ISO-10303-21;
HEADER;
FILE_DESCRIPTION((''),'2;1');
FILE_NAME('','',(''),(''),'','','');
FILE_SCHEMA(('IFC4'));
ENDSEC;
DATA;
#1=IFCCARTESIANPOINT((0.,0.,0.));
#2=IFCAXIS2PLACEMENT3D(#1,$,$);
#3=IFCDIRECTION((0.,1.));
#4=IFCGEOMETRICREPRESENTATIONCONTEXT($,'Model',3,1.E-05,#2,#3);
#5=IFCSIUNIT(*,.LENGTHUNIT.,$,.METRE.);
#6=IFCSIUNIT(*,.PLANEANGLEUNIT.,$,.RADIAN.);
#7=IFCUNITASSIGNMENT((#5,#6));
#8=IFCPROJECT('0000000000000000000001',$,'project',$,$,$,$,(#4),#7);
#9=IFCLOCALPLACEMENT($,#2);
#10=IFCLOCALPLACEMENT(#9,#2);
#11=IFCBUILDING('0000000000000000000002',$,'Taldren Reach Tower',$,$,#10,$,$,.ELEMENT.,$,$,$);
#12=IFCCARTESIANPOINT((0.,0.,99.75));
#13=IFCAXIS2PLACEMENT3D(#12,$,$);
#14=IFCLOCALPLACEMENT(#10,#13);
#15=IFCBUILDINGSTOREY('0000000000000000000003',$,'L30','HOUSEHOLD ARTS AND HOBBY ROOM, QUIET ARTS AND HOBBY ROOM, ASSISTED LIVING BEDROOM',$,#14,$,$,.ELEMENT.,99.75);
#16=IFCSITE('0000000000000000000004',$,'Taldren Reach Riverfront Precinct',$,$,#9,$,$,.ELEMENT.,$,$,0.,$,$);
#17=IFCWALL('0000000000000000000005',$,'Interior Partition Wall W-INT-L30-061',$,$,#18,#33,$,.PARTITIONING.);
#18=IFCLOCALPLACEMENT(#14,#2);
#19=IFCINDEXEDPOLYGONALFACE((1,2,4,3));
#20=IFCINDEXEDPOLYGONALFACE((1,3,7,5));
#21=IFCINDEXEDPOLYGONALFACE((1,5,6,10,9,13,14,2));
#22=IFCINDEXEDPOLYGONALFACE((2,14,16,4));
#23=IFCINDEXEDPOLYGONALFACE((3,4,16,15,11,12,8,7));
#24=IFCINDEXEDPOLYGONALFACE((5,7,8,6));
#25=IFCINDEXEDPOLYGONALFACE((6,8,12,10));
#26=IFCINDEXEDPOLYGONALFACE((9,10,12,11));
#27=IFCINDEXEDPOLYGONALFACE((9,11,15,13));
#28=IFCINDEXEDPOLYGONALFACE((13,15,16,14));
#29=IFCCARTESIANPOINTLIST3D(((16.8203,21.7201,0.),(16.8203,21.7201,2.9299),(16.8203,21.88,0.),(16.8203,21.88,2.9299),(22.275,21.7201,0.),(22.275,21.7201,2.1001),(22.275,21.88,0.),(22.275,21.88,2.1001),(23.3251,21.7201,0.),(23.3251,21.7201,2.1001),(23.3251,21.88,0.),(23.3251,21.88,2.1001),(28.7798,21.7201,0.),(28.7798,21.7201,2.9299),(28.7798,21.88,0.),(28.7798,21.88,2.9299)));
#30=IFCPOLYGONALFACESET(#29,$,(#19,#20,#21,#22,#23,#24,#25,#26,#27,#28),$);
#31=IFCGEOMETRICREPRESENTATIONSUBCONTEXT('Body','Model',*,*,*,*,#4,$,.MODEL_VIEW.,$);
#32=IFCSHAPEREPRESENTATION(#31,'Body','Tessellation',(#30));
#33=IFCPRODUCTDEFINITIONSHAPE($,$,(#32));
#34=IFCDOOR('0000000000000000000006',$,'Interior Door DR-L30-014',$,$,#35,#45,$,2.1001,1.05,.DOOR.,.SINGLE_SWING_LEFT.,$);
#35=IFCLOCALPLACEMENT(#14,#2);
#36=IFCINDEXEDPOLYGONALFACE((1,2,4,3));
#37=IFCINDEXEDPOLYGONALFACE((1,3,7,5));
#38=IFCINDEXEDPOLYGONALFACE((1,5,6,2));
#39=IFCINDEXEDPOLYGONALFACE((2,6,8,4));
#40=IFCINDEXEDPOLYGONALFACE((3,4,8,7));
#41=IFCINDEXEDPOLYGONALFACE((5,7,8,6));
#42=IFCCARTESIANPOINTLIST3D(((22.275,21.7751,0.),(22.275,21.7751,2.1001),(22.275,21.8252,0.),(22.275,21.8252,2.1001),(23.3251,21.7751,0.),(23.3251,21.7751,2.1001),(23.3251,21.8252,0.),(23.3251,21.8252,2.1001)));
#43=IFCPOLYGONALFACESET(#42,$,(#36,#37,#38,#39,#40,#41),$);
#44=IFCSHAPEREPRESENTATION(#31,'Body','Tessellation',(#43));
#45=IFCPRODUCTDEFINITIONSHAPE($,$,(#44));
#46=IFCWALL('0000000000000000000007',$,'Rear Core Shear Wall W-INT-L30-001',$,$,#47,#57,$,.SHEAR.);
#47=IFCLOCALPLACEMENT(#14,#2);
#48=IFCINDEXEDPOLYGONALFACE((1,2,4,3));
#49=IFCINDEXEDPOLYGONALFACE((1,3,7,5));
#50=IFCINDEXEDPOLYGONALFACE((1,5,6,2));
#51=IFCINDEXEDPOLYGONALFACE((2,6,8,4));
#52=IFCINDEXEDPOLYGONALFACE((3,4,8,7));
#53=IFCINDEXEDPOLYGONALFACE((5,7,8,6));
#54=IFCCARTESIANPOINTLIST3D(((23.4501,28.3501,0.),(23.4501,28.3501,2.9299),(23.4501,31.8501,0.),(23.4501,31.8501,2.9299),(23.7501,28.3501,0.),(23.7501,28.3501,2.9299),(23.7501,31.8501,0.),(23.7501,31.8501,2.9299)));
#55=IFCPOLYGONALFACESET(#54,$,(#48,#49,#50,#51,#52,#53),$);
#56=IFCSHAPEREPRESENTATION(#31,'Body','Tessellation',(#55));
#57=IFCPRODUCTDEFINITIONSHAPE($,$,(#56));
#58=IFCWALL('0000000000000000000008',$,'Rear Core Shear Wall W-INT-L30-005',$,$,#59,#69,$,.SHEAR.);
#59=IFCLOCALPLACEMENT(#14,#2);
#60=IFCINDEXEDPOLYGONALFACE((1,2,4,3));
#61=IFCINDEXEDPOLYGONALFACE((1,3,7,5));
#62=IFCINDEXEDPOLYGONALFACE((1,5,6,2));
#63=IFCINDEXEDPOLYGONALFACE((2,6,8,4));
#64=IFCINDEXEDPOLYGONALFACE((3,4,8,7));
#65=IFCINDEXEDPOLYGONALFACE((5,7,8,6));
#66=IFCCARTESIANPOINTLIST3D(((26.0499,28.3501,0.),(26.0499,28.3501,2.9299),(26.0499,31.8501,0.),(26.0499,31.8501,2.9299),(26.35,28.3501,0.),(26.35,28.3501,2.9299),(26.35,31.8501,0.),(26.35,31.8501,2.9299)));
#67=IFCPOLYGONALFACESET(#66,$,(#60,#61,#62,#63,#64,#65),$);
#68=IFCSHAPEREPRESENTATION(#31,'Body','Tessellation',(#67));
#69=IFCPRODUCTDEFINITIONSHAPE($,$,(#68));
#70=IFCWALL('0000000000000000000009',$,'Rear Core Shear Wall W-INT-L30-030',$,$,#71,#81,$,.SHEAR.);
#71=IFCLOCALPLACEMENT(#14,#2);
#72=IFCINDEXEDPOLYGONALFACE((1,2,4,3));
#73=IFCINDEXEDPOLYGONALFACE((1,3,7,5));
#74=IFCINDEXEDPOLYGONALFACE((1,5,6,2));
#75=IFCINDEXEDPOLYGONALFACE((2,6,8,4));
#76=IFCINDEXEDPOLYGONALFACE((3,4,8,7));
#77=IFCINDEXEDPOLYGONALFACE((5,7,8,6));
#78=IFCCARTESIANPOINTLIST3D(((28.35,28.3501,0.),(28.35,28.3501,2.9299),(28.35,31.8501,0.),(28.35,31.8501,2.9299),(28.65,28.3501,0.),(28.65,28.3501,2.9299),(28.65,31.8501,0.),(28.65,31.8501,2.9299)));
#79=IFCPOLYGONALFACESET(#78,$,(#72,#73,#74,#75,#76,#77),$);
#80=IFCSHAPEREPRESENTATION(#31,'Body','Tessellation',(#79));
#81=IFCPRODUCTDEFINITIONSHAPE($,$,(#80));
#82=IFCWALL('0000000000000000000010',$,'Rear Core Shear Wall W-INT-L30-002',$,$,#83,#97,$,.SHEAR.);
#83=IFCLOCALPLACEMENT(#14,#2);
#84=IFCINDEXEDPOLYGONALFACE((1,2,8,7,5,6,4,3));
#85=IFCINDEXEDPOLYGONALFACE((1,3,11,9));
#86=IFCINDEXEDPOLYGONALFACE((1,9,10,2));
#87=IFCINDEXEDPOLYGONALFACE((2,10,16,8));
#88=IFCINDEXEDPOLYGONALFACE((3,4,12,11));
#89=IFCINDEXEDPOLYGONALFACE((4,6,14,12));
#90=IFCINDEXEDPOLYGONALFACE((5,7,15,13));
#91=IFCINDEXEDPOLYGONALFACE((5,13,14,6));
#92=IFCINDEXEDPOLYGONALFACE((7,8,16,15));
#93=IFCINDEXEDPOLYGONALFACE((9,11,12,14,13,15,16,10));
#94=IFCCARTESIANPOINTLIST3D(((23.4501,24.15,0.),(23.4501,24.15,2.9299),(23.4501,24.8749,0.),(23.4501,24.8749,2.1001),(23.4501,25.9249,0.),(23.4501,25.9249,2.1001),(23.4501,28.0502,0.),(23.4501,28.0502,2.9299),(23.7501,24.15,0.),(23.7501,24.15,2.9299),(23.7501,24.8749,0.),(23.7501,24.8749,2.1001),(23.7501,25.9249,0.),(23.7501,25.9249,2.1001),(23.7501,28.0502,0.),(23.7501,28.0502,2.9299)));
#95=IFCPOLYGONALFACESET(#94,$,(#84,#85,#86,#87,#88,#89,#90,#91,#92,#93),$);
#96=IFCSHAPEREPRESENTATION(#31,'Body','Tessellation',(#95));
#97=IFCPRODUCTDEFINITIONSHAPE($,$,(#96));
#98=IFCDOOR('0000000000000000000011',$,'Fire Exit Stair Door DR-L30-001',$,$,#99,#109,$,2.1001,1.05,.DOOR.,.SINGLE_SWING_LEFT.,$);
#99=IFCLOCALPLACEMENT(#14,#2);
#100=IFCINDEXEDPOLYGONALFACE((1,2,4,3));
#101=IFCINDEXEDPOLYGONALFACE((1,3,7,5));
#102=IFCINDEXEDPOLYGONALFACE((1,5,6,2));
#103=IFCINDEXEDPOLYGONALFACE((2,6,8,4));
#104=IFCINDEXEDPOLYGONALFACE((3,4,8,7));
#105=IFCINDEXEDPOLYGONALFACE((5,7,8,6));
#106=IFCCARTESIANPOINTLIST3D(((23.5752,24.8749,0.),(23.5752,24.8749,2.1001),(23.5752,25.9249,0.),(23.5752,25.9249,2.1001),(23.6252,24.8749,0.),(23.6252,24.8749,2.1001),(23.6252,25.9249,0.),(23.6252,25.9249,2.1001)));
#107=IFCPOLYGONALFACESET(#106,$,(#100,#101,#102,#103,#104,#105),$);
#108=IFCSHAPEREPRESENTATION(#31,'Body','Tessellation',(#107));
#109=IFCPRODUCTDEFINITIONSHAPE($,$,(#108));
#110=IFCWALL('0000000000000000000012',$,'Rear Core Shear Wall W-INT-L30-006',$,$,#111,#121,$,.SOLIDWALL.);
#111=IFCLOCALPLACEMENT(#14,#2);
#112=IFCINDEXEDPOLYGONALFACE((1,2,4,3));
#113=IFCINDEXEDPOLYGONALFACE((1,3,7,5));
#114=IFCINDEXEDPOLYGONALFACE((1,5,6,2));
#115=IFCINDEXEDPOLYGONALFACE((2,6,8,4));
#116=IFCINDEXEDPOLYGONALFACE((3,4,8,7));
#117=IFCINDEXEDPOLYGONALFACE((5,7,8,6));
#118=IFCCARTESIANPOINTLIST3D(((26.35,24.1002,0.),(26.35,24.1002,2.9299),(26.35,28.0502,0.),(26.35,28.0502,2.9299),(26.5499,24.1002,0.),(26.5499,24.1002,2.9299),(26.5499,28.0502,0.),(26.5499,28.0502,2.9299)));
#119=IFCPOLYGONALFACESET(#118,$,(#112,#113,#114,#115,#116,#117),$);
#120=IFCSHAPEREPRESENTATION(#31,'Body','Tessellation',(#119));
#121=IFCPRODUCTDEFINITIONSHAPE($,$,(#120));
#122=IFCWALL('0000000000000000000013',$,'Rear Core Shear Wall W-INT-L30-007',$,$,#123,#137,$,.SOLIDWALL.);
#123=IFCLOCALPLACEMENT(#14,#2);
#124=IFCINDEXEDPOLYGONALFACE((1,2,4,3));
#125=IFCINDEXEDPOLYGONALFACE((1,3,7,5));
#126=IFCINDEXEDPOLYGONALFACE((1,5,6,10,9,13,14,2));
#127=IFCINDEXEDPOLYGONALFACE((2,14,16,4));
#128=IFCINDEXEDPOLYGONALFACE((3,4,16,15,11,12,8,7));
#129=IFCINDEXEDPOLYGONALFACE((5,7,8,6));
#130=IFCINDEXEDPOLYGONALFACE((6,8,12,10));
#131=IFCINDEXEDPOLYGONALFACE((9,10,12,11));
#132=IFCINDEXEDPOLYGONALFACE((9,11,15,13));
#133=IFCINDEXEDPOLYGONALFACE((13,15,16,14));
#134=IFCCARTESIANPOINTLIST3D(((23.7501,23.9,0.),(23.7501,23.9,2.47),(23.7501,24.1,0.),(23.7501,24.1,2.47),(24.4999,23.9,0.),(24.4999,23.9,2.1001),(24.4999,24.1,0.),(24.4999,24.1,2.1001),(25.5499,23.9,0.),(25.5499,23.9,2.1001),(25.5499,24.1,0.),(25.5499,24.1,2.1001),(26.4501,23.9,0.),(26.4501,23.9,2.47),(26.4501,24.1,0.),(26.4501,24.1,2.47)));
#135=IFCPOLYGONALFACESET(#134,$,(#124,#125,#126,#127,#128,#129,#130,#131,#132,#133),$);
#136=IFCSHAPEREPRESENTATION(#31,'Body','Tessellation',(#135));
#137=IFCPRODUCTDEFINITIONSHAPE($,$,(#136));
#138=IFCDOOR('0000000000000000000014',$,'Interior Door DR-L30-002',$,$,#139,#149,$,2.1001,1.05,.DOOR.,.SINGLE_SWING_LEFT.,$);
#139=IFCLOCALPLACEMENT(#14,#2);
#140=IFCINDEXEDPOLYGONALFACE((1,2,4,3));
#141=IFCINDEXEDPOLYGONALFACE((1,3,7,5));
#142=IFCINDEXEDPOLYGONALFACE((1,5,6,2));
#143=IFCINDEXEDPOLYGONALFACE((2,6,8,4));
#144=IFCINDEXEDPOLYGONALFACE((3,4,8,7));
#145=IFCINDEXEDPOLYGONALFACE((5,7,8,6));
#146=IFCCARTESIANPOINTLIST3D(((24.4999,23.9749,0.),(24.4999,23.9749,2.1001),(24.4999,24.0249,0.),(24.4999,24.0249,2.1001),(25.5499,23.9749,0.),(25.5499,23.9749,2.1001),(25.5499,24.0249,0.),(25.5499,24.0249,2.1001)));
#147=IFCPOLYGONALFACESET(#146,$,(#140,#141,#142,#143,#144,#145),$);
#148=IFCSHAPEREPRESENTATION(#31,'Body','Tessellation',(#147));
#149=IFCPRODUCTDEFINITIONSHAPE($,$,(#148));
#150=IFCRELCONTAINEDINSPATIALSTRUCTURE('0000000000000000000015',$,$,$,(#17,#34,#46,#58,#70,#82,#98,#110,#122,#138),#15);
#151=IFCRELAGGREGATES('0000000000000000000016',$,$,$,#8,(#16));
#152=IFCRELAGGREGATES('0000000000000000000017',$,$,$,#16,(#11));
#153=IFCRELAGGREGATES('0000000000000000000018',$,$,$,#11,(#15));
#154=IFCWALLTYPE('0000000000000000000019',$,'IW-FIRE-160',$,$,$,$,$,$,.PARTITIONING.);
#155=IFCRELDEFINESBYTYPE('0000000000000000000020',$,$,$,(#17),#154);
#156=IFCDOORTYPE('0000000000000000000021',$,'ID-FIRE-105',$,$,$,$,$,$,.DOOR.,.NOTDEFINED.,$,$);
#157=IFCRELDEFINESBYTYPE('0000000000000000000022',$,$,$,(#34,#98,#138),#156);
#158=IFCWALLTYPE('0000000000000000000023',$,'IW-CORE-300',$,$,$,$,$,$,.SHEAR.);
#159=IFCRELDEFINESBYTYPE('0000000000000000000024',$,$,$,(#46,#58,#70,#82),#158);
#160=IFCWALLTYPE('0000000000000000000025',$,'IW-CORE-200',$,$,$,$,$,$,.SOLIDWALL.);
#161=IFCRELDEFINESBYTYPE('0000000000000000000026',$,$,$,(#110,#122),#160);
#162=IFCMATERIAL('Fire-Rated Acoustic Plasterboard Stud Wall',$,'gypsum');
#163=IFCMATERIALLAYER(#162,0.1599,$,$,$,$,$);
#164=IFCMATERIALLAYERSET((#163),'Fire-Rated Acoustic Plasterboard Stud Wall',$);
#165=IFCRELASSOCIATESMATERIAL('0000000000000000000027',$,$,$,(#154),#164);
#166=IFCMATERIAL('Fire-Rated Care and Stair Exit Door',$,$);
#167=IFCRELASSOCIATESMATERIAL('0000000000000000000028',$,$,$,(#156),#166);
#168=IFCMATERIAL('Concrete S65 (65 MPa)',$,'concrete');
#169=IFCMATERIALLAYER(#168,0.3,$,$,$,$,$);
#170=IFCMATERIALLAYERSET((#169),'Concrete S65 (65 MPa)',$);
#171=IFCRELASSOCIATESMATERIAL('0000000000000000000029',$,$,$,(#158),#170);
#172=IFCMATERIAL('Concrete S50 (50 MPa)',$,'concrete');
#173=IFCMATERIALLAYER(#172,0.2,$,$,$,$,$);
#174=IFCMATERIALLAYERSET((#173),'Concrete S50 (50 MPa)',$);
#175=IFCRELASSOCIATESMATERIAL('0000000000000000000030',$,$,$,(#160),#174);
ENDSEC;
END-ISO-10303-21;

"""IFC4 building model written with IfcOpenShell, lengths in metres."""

from ifc_helpers import new_model, si_unit, direction, frame, frame_2d, origin, place, context, subcontext, project, spatial, rectangle, extrude, source, transform, mapped, material, layer, layer_set, type_object, element, fill, save


model = new_model("IFC4")

# Units and contexts
model_context = context("Model", 3, precision=1e-05, world=origin(), true_north=direction((0.0, 1.0)))
body_context = subcontext(model_context, "Body", "Model", "MODEL_VIEW")
ifc_project = project(units=[si_unit("LENGTHUNIT", "METRE"), si_unit("PLANEANGLEUNIT", "RADIAN")], contexts=[model_context])

# Site, building, storey
site_placement = place(None, origin())
site = spatial("IfcSite", under=ifc_project, at=site_placement, Name="Taldren Reach Riverfront Precinct", CompositionType="ELEMENT", RefElevation=0.0)
building_placement = place(site_placement, origin())
building = spatial("IfcBuilding", under=site, at=building_placement, Name="Taldren Reach Tower", CompositionType="ELEMENT")
storey_placement = place(building_placement, frame((0.0, 0.0, 99.75)))
storey = spatial("IfcBuildingStorey", under=building, at=storey_placement, Name="L30", Description="HOUSEHOLD ARTS AND HOBBY ROOM, QUIET ARTS AND HOBBY ROOM, ASSISTED LIVING BEDROOM", CompositionType="ELEMENT", Elevation=99.75)

# Shared definitions
ifc_material_1 = material(Name="Concrete S65 (65 MPa)", Category="concrete")

# Wall, opening, door
ifc_material_2 = material(Name="Fire-Rated Acoustic Plasterboard Stud Wall", Category="gypsum")
ifc_layer_1 = layer(ifc_material_2, 0.1599)
ifc_layer_set_1 = layer_set([ifc_layer_1], Name="Fire-Rated Acoustic Plasterboard Stud Wall")
wall_type_1 = type_object("IfcWallType", Name="IW-FIRE-160", PredefinedType="PARTITIONING", material=ifc_layer_set_1)
shared_shape_1 = source(origin(), body_context, "Body", "SweptSolid", [
    extrude(rectangle(XDim=11.9595, YDim=0.1599, at=frame_2d((5.9797, 0.0))), origin(), (0.0, 0.0, 1.0), 2.9299),
])
wall_1_placement = place(storey_placement, frame((28.7798, 21.8, 0.0), z_axis=(0.0, 0.0, 1.0), x_axis=(-1.0, 0.0, 0.0)))
wall_1 = element("IfcWall", 1, at=wall_1_placement, inside=storey, type_object=wall_type_1, Name="Interior Partition Wall W-INT-L30-061", PredefinedType="PARTITIONING", context=body_context, shape_type="MappedRepresentation", body=[
    mapped(shared_shape_1, transform((0.0, 0.0, 0.0), scale=1.0)),
])
shared_shape_2 = source(origin(), body_context, "Body", "SweptSolid", [
    extrude(rectangle(XDim=1.05, YDim=2.1001, at=frame_2d((0.5249, 1.05))), frame((0.0, 0.0898, 0.0), z_axis=(0.0, -1.0, 0.0), x_axis=(1.0, 0.0, 0.0)), (0.0, 0.0, 1.0), 0.1799),
])
opening_1_placement = place(wall_1_placement, frame((5.4548, 0.0, 0.0)))
opening_1 = element("IfcOpeningElement", 2, at=opening_1_placement, cuts=wall_1, PredefinedType="OPENING", context=body_context, shape_type="MappedRepresentation", body=[
    mapped(shared_shape_2, transform((0.0, 0.0, 0.0), scale=1.0)),
])
ifc_material_3 = material(Name="Fire-Rated Care and Stair Exit Door")
door_type_1 = type_object("IfcDoorType", Name="ID-FIRE-105", OperationType="NOTDEFINED", PredefinedType="DOOR", material=ifc_material_3)
shared_shape_3 = source(origin(), body_context, "Body", "SweptSolid", [
    extrude(rectangle(XDim=1.05, YDim=2.1001, at=frame_2d((0.5249, 1.05))), frame((0.0, 0.0249, 0.0), z_axis=(0.0, -1.0, 0.0), x_axis=(1.0, 0.0, 0.0)), (0.0, 0.0, 1.0), 0.05),
])
door_1_placement = place(opening_1_placement, origin())
door_1 = element("IfcDoor", 3, at=door_1_placement, inside=storey, type_object=door_type_1, Name="Interior Door DR-L30-014", OperationType="SINGLE_SWING_LEFT", OverallHeight=2.1001, OverallWidth=1.05, PredefinedType="DOOR", context=body_context, shape_type="MappedRepresentation", body=[
    mapped(shared_shape_3, transform((0.0, 0.0, 0.0), scale=1.0)),
])
fill(opening_1, door_1)

# Walls
ifc_layer_2 = layer(ifc_material_1, 0.3)
ifc_layer_set_2 = layer_set([ifc_layer_2], Name="Concrete S65 (65 MPa)")
wall_type_2 = type_object("IfcWallType", Name="IW-CORE-300", PredefinedType="SHEAR", material=ifc_layer_set_2)
shared_shape_4 = source(origin(), body_context, "Body", "SweptSolid", [
    extrude(rectangle(XDim=3.5, YDim=0.3, at=frame_2d((1.75, 0.0))), origin(), (0.0, 0.0, 1.0), 2.9299),
])
for number, where, z_axis, x_axis, name in (
    (4, (23.6001, 28.3501, 0.0), (0.0, 0.0, 1.0), (0.0, 1.0, 0.0), "Rear Core Shear Wall W-INT-L30-001"),
    (5, (26.2, 28.3501, 0.0), (0.0, 0.0, 1.0), (0.0, 1.0, 0.0), "Rear Core Shear Wall W-INT-L30-005"),
    (6, (28.5, 28.3501, 0.0), (0.0, 0.0, 1.0), (0.0, 1.0, 0.0), "Rear Core Shear Wall W-INT-L30-030"),
):
    element("IfcWall", number, at=place(storey_placement, frame(where, z_axis=z_axis, x_axis=x_axis)), inside=storey, type_object=wall_type_2, Name=name, PredefinedType="SHEAR", context=body_context, shape_type="MappedRepresentation", body=[
        mapped(shared_shape_4, transform((0.0, 0.0, 0.0), scale=1.0)),
    ])

# Wall, opening, door
shared_shape_5 = source(origin(), body_context, "Body", "SweptSolid", [
    extrude(rectangle(XDim=3.9001, YDim=0.3, at=frame_2d((1.9502, 0.0))), origin(), (0.0, 0.0, 1.0), 2.9299),
])
wall_2_placement = place(storey_placement, frame((23.6001, 24.1499, 0.0), z_axis=(0.0, 0.0, 1.0), x_axis=(0.0, 1.0, 0.0)))
wall_2 = element("IfcWall", 7, at=wall_2_placement, inside=storey, type_object=wall_type_2, Name="Rear Core Shear Wall W-INT-L30-002", PredefinedType="SHEAR", context=body_context, shape_type="MappedRepresentation", body=[
    mapped(shared_shape_5, transform((0.0, 0.0, 0.0), scale=1.0)),
])
shared_shape_6 = source(origin(), body_context, "Body", "SweptSolid", [
    extrude(rectangle(XDim=1.05, YDim=2.1001, at=frame_2d((0.5249, 1.05))), frame((0.0, 0.1602, 0.0), z_axis=(0.0, -1.0, 0.0), x_axis=(1.0, 0.0, 0.0)), (0.0, 0.0, 1.0), 0.3201),
])
opening_2_placement = place(wall_2_placement, frame((0.7251, 0.0, 0.0)))
opening_2 = element("IfcOpeningElement", 8, at=opening_2_placement, cuts=wall_2, PredefinedType="OPENING", context=body_context, shape_type="MappedRepresentation", body=[
    mapped(shared_shape_6, transform((0.0, 0.0, 0.0), scale=1.0)),
])
door_2_placement = place(opening_2_placement, origin())
door_2 = element("IfcDoor", 9, at=door_2_placement, inside=storey, type_object=door_type_1, Name="Fire Exit Stair Door DR-L30-001", OperationType="SINGLE_SWING_LEFT", OverallHeight=2.1001, OverallWidth=1.05, PredefinedType="DOOR", context=body_context, shape_type="MappedRepresentation", body=[
    mapped(shared_shape_3, transform((0.0, 0.0, 0.0), scale=1.0)),
])
fill(opening_2, door_2)

# Wall
ifc_material_4 = material(Name="Concrete S50 (50 MPa)", Category="concrete")
ifc_layer_3 = layer(ifc_material_4, 0.2)
ifc_layer_set_3 = layer_set([ifc_layer_3], Name="Concrete S50 (50 MPa)")
wall_type_3 = type_object("IfcWallType", Name="IW-CORE-200", PredefinedType="SOLIDWALL", material=ifc_layer_set_3)
shared_shape_7 = source(origin(), body_context, "Body", "SweptSolid", [
    extrude(rectangle(XDim=3.95, YDim=0.2, at=frame_2d((1.9751, 0.0))), origin(), (0.0, 0.0, 1.0), 2.9299),
])
wall_3_placement = place(storey_placement, frame((26.45, 24.1001, 0.0), z_axis=(0.0, 0.0, 1.0), x_axis=(0.0, 1.0, 0.0)))
element("IfcWall", 10, at=wall_3_placement, inside=storey, type_object=wall_type_3, Name="Rear Core Shear Wall W-INT-L30-006", PredefinedType="SOLIDWALL", context=body_context, shape_type="MappedRepresentation", body=[
    mapped(shared_shape_7, transform((0.0, 0.0, 0.0), scale=1.0)),
])

# Wall, opening, door
shared_shape_8 = source(origin(), body_context, "Body", "SweptSolid", [
    extrude(rectangle(XDim=2.7, YDim=0.2, at=frame_2d((1.3501, 0.0))), origin(), (0.0, 0.0, 1.0), 2.47),
])
wall_4_placement = place(storey_placement, frame((23.75, 24.0, 0.0), z_axis=(0.0, 0.0, 1.0), x_axis=(1.0, 0.0, 0.0)))
wall_4 = element("IfcWall", 11, at=wall_4_placement, inside=storey, type_object=wall_type_3, Name="Rear Core Shear Wall W-INT-L30-007", PredefinedType="SOLIDWALL", context=body_context, shape_type="MappedRepresentation", body=[
    mapped(shared_shape_8, transform((0.0, 0.0, 0.0), scale=1.0)),
])
shared_shape_9 = source(origin(), body_context, "Body", "SweptSolid", [
    extrude(rectangle(XDim=1.05, YDim=2.1001, at=frame_2d((0.5249, 1.05))), frame((0.0, 0.1099, 0.0), z_axis=(0.0, -1.0, 0.0), x_axis=(1.0, 0.0, 0.0)), (0.0, 0.0, 1.0), 0.22),
])
opening_3_placement = place(wall_4_placement, frame((0.75, 0.0, 0.0)))
opening_3 = element("IfcOpeningElement", 12, at=opening_3_placement, cuts=wall_4, PredefinedType="OPENING", context=body_context, shape_type="MappedRepresentation", body=[
    mapped(shared_shape_9, transform((0.0, 0.0, 0.0), scale=1.0)),
])
door_3_placement = place(opening_3_placement, origin())
door_3 = element("IfcDoor", 13, at=door_3_placement, inside=storey, type_object=door_type_1, Name="Interior Door DR-L30-002", OperationType="SINGLE_SWING_LEFT", OverallHeight=2.1001, OverallWidth=1.05, PredefinedType="DOOR", context=body_context, shape_type="MappedRepresentation", body=[
    mapped(shared_shape_3, transform((0.0, 0.0, 0.0), scale=1.0)),
])
fill(opening_3, door_3)

save(model, "model.ifc")
